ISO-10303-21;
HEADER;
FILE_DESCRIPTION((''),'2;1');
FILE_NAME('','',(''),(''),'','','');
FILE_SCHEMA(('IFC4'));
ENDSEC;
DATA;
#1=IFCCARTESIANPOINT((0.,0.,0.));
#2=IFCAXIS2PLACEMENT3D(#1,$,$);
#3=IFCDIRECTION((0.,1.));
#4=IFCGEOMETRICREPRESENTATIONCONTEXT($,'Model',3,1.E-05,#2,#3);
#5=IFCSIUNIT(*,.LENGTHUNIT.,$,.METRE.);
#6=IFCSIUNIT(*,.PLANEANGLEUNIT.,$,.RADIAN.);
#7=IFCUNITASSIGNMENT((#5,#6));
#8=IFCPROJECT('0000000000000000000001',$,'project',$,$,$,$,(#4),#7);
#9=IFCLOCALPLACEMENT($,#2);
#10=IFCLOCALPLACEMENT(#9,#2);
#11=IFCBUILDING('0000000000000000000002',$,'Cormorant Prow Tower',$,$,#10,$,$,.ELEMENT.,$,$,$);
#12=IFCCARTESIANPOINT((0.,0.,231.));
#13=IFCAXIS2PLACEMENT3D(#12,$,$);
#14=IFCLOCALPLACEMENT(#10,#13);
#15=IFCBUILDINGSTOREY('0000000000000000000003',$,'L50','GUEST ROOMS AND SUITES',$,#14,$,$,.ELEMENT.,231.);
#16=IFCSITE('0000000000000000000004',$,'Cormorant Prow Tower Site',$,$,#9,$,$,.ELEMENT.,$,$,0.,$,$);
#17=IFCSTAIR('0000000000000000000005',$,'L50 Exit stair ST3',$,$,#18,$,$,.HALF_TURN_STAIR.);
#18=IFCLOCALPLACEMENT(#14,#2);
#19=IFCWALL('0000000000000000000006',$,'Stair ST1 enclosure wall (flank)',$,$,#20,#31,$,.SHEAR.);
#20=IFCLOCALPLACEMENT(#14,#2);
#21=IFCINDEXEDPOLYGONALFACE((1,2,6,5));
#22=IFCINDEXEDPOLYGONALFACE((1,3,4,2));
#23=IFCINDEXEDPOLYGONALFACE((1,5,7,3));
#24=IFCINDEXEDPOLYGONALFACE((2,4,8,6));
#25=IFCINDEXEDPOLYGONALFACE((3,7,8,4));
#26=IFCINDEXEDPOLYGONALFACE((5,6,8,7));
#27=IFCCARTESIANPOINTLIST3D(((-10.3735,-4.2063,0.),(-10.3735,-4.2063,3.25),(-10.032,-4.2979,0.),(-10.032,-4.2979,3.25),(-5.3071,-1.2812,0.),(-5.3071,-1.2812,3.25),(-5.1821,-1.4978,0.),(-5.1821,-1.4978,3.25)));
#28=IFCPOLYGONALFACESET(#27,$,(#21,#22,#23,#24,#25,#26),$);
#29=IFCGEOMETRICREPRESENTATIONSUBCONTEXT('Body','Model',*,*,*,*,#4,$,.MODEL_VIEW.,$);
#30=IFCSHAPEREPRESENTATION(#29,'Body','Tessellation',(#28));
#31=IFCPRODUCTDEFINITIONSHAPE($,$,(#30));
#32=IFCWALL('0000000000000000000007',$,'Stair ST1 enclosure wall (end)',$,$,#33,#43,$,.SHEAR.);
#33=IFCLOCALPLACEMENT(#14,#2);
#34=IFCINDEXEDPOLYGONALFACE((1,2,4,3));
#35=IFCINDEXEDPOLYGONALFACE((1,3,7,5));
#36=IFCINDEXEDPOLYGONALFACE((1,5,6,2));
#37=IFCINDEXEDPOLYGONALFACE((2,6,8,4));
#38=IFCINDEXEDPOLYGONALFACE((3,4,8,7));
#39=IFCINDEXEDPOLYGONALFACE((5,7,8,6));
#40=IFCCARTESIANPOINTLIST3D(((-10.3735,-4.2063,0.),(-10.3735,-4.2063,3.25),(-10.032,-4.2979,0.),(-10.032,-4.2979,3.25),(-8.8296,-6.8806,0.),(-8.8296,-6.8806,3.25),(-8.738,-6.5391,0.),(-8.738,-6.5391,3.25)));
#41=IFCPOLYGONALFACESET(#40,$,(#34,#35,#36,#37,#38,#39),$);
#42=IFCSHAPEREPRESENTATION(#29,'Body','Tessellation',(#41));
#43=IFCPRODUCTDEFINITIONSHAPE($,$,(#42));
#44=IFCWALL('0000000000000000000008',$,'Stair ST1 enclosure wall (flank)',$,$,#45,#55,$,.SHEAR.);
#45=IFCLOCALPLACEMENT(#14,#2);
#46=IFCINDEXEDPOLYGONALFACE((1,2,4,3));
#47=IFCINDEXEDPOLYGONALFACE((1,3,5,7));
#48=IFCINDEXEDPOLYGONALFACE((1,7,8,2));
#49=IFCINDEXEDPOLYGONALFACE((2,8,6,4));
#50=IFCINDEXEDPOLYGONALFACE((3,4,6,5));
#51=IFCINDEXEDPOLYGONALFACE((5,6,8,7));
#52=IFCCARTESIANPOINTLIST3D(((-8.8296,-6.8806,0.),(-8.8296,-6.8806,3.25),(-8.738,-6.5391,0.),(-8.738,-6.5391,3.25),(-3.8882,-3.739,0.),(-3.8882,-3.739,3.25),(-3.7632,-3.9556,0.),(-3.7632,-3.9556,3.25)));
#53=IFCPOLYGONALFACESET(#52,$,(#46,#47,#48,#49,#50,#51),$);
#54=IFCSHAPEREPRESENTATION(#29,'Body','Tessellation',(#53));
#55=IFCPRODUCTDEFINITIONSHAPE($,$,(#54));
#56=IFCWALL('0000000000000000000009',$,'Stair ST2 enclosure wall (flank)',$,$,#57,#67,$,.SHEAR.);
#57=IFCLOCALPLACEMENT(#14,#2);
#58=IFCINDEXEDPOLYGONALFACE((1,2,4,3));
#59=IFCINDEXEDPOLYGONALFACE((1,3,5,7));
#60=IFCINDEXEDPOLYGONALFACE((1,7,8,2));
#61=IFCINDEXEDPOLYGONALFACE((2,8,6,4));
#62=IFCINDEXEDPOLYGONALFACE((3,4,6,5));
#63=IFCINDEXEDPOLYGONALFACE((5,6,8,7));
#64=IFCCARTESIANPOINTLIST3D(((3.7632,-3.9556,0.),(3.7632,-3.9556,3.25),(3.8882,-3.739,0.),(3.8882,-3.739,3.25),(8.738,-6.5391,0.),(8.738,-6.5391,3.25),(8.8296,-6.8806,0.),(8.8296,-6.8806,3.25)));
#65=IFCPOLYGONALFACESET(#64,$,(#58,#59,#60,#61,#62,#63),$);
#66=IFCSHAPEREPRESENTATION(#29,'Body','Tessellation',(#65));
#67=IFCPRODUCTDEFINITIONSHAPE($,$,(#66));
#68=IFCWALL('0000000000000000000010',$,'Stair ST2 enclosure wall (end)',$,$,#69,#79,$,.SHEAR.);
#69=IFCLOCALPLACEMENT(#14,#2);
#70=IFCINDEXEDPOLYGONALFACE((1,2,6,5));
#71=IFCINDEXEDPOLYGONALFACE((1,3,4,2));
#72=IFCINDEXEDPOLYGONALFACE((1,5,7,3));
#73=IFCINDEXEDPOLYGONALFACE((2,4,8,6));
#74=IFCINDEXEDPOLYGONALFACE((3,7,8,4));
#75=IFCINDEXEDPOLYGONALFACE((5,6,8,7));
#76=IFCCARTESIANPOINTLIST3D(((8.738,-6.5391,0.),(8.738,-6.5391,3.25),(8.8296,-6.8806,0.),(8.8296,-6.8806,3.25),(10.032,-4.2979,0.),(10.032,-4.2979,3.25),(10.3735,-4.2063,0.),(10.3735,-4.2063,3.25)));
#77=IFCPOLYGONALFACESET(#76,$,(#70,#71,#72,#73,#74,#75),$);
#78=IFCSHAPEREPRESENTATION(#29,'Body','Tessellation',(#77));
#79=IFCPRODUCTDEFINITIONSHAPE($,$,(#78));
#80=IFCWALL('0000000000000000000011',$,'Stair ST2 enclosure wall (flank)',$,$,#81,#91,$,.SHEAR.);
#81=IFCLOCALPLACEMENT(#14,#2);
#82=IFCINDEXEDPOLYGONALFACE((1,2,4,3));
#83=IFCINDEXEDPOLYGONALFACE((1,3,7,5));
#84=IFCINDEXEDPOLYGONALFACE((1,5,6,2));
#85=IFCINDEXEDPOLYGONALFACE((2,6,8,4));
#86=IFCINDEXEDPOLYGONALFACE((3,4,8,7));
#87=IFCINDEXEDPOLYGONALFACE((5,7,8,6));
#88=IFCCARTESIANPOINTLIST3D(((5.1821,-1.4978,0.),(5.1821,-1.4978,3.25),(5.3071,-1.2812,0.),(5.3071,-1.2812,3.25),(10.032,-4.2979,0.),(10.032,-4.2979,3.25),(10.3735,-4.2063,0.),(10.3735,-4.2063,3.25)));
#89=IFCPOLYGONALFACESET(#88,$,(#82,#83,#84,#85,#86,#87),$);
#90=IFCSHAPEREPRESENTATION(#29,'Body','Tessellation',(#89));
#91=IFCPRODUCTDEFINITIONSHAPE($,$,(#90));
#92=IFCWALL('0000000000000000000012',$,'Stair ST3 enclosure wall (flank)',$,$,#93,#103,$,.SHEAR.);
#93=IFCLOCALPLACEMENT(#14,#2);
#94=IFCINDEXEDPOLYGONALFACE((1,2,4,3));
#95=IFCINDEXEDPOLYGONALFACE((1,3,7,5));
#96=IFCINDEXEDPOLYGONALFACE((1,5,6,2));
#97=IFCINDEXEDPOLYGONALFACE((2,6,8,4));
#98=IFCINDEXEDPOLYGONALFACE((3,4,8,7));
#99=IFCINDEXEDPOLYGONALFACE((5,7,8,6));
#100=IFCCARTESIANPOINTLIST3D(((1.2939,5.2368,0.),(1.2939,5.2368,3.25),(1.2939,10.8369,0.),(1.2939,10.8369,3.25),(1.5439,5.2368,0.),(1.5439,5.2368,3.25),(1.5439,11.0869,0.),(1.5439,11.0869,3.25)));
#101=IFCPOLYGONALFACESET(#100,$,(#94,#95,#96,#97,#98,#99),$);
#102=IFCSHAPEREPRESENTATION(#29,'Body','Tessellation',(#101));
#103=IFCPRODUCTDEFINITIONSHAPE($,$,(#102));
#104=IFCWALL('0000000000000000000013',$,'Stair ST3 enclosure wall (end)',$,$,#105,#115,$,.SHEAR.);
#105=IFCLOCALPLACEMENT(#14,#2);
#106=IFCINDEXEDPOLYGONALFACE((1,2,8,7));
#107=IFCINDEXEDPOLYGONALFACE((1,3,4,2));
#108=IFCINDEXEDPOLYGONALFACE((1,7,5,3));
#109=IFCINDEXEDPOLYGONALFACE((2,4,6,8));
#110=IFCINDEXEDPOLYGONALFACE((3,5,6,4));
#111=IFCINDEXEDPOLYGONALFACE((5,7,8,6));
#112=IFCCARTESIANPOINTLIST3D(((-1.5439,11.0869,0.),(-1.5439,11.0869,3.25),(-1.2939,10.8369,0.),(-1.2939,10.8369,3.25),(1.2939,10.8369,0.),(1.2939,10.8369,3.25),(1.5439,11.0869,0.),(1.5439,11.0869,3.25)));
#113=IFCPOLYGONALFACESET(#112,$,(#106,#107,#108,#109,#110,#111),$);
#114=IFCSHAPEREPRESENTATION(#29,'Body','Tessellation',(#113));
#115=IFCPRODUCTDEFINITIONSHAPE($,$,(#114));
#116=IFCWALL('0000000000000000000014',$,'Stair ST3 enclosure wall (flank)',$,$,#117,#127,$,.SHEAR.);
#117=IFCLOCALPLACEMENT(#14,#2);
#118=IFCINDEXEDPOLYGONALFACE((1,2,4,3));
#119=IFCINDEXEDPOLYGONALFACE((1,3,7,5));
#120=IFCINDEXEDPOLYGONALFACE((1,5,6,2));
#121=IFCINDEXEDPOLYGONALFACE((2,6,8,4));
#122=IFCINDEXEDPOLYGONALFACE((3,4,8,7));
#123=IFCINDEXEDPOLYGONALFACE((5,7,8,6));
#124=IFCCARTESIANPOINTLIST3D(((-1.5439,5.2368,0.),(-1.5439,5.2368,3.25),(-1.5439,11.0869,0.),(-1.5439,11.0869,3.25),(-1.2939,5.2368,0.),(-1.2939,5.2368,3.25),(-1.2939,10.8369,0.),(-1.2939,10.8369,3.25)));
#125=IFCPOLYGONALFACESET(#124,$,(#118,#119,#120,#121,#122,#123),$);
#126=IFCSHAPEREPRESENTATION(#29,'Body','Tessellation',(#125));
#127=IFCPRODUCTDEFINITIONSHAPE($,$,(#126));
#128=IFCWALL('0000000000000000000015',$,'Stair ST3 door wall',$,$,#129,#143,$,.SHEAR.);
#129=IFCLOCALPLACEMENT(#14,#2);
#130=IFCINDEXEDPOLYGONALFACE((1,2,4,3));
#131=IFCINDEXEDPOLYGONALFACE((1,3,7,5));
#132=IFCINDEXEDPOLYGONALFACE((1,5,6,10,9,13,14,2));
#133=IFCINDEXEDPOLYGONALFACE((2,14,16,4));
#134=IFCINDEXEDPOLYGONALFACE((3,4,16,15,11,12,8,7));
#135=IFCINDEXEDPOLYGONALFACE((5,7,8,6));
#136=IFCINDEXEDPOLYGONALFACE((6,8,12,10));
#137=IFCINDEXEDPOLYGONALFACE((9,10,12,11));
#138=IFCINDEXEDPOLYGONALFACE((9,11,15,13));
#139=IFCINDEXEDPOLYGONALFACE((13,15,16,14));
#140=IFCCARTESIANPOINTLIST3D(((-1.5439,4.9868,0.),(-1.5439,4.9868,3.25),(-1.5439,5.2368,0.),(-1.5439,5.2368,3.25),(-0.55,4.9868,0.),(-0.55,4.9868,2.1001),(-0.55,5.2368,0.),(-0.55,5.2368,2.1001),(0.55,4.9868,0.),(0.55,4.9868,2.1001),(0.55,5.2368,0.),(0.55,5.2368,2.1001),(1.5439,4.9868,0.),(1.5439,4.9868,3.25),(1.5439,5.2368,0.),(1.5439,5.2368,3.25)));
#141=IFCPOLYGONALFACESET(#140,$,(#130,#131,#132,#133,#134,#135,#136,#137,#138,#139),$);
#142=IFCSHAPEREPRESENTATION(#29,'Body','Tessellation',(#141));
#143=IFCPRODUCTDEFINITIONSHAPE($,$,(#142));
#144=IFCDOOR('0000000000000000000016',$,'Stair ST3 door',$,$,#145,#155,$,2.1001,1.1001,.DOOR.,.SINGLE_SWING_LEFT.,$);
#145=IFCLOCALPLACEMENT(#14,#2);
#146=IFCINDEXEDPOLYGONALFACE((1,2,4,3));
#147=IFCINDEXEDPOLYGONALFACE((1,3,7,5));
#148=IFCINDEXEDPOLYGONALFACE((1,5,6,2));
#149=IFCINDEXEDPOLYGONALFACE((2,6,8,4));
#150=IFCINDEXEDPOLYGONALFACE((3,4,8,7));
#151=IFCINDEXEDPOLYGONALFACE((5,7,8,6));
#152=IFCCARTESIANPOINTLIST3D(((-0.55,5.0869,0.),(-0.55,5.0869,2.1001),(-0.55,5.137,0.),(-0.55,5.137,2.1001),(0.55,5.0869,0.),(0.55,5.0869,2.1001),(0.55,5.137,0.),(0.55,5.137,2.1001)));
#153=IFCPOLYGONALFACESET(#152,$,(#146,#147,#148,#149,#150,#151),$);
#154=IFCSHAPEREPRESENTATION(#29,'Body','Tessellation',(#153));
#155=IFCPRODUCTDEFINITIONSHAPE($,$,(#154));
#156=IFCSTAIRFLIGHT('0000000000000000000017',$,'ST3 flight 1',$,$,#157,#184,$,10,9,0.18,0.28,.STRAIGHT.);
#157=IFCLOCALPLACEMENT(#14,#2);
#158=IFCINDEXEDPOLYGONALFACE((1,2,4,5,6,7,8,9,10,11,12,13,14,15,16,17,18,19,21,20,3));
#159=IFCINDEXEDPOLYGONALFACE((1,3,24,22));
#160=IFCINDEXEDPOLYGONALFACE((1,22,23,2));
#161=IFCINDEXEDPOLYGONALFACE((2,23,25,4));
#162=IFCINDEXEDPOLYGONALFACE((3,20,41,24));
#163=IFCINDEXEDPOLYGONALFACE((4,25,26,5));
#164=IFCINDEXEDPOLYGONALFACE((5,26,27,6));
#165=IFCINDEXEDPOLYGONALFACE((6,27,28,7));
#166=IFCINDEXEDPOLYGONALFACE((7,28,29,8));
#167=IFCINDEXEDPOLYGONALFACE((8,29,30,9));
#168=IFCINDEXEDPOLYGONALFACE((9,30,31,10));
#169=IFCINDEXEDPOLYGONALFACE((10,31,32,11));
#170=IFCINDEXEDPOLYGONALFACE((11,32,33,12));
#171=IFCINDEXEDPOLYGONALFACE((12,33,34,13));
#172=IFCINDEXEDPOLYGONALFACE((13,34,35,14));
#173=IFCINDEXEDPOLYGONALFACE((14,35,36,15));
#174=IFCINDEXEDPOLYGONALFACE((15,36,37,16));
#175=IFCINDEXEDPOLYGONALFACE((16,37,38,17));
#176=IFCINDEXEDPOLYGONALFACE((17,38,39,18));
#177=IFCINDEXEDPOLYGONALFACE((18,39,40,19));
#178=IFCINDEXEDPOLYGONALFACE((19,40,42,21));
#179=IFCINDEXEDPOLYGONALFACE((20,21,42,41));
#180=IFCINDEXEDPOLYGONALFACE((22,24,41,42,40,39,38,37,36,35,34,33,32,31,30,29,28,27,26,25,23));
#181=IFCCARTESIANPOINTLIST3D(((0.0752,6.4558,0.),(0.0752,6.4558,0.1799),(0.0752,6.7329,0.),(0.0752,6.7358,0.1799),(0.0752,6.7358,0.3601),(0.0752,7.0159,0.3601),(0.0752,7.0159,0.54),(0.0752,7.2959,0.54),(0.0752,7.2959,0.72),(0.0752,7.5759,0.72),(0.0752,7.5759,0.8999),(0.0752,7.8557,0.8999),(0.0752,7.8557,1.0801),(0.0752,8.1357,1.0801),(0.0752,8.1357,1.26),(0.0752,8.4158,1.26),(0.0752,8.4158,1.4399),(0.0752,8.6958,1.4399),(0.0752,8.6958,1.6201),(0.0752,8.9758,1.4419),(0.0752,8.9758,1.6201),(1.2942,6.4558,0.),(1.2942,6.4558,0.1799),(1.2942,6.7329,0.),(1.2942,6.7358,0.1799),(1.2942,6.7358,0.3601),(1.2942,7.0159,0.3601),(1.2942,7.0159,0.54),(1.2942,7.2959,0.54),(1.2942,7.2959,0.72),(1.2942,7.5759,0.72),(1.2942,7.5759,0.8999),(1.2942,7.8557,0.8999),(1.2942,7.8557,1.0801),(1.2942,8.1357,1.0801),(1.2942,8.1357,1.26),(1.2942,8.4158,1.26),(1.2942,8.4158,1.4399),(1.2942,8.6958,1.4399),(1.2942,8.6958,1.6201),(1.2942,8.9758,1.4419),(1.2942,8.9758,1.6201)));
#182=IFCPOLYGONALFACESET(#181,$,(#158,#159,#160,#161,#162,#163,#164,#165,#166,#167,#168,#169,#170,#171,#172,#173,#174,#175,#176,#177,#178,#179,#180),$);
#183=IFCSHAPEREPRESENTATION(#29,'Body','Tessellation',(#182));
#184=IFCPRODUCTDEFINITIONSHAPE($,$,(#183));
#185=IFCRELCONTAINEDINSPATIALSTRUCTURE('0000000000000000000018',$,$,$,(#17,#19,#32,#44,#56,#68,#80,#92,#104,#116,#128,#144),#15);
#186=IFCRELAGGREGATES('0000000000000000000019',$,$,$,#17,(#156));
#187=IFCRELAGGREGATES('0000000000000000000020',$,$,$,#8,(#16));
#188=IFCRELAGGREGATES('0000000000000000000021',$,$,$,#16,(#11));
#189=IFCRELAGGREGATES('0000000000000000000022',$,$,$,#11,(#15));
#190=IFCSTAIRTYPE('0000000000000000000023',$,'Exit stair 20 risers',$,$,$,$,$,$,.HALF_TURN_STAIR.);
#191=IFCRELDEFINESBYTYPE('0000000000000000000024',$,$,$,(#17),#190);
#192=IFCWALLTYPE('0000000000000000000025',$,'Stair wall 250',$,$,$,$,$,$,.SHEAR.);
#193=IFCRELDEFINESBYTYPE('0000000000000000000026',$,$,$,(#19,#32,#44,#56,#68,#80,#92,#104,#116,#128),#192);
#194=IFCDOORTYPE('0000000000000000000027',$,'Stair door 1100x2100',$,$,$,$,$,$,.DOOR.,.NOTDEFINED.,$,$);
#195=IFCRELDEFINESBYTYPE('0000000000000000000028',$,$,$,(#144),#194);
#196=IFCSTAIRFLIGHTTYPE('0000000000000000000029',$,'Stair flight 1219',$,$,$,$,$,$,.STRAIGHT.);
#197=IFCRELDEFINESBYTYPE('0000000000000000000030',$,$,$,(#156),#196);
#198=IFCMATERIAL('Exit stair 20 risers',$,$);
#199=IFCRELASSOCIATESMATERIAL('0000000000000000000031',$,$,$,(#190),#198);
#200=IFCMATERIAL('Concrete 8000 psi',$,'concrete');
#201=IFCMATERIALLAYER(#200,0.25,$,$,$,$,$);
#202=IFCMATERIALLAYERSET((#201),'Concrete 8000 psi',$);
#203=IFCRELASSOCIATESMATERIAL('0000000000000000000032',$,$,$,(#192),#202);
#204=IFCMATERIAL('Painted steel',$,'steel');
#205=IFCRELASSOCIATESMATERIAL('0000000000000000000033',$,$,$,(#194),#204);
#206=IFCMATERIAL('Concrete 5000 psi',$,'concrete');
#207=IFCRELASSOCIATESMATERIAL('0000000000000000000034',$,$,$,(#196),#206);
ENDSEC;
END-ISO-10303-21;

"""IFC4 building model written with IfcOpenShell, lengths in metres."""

from ifc_helpers import new_model, si_unit, direction, frame, frame_2d, origin, place, context, subcontext, project, spatial, polyline, rectangle, outline, extrude, material, layer, layer_set, type_object, element, fill, aggregate, save


model = new_model("IFC4")

# Units and contexts
model_context = context("Model", 3, precision=1e-05, world=origin(), true_north=direction((0.0, 1.0)))
body_context = subcontext(model_context, "Body", "Model", "MODEL_VIEW")
ifc_project = project(units=[si_unit("LENGTHUNIT", "METRE"), si_unit("PLANEANGLEUNIT", "RADIAN")], contexts=[model_context])

# Site, building, storey
site_placement = place(None, origin())
site = spatial("IfcSite", under=ifc_project, at=site_placement, Name="Cormorant Prow Tower Site", CompositionType="ELEMENT", RefElevation=0.0)
building_placement = place(site_placement, origin())
building = spatial("IfcBuilding", under=site, at=building_placement, Name="Cormorant Prow Tower", CompositionType="ELEMENT")
storey_placement = place(building_placement, frame((0.0, 0.0, 231.0)))
storey = spatial("IfcBuildingStorey", under=building, at=storey_placement, Name="L50", Description="GUEST ROOMS AND SUITES", CompositionType="ELEMENT", Elevation=231.0)

# Stair
ifc_material_1 = material(Name="Exit stair 20 risers")
stair_type = type_object("IfcStairType", Name="Exit stair 20 risers", PredefinedType="HALF_TURN_STAIR", material=ifc_material_1)
stair_1_placement = place(storey_placement, origin())
stair_1 = element("IfcStair", 1, at=stair_1_placement, inside=storey, type_object=stair_type, Name="L50 Exit stair ST3", PredefinedType="HALF_TURN_STAIR")

# Walls
ifc_material_2 = material(Name="Concrete 8000 psi", Category="concrete")
ifc_layer_1 = layer(ifc_material_2, 0.25)
ifc_layer_set_1 = layer_set([ifc_layer_1], Name="Concrete 8000 psi")
wall_type_1 = type_object("IfcWallType", Name="Stair wall 250", PredefinedType="SHEAR", material=ifc_layer_set_1)
wall_1_placement = place(storey_placement, origin())
element("IfcWall", 2, at=wall_1_placement, inside=storey, type_object=wall_type_1, Name="Stair ST1 enclosure wall (flank)", PredefinedType="SHEAR", context=body_context, shape_type="SweptSolid", body=[
    extrude(outline(polyline([(-5.3071, -1.2812), (-10.3735, -4.2063), (-10.032, -4.2979), (-5.1821, -1.4978), (-5.3071, -1.2812)])), origin(), (0.0, 0.0, 1.0), 3.25),
])
wall_2_placement = place(storey_placement, origin())
element("IfcWall", 3, at=wall_2_placement, inside=storey, type_object=wall_type_1, Name="Stair ST1 enclosure wall (end)", PredefinedType="SHEAR", context=body_context, shape_type="SweptSolid", body=[
    extrude(outline(polyline([(-10.3735, -4.2063), (-8.8296, -6.8806), (-8.738, -6.5391), (-10.032, -4.2979), (-10.3735, -4.2063)])), origin(), (0.0, 0.0, 1.0), 3.25),
])
wall_3_placement = place(storey_placement, origin())
element("IfcWall", 4, at=wall_3_placement, inside=storey, type_object=wall_type_1, Name="Stair ST1 enclosure wall (flank)", PredefinedType="SHEAR", context=body_context, shape_type="SweptSolid", body=[
    extrude(outline(polyline([(-8.738, -6.5391), (-8.8296, -6.8806), (-3.7632, -3.9556), (-3.8882, -3.739), (-8.738, -6.5391)])), origin(), (0.0, 0.0, 1.0), 3.25),
])
wall_4_placement = place(storey_placement, origin())
element("IfcWall", 5, at=wall_4_placement, inside=storey, type_object=wall_type_1, Name="Stair ST2 enclosure wall (flank)", PredefinedType="SHEAR", context=body_context, shape_type="SweptSolid", body=[
    extrude(outline(polyline([(3.7632, -3.9556), (8.8296, -6.8806), (8.738, -6.5391), (3.8882, -3.739), (3.7632, -3.9556)])), origin(), (0.0, 0.0, 1.0), 3.25),
])
wall_5_placement = place(storey_placement, origin())
element("IfcWall", 6, at=wall_5_placement, inside=storey, type_object=wall_type_1, Name="Stair ST2 enclosure wall (end)", PredefinedType="SHEAR", context=body_context, shape_type="SweptSolid", body=[
    extrude(outline(polyline([(8.8296, -6.8806), (10.3735, -4.2063), (10.032, -4.2979), (8.738, -6.5391), (8.8296, -6.8806)])), origin(), (0.0, 0.0, 1.0), 3.25),
])
wall_6_placement = place(storey_placement, origin())
element("IfcWall", 7, at=wall_6_placement, inside=storey, type_object=wall_type_1, Name="Stair ST2 enclosure wall (flank)", PredefinedType="SHEAR", context=body_context, shape_type="SweptSolid", body=[
    extrude(outline(polyline([(10.032, -4.2979), (10.3735, -4.2063), (5.3071, -1.2812), (5.1821, -1.4978), (10.032, -4.2979)])), origin(), (0.0, 0.0, 1.0), 3.25),
])
wall_7_placement = place(storey_placement, origin())
element("IfcWall", 8, at=wall_7_placement, inside=storey, type_object=wall_type_1, Name="Stair ST3 enclosure wall (flank)", PredefinedType="SHEAR", context=body_context, shape_type="SweptSolid", body=[
    extrude(outline(polyline([(1.5439, 5.2368), (1.5439, 11.0869), (1.2939, 10.8369), (1.2939, 5.2368), (1.5439, 5.2368)])), origin(), (0.0, 0.0, 1.0), 3.25),
])
wall_8_placement = place(storey_placement, origin())
element("IfcWall", 9, at=wall_8_placement, inside=storey, type_object=wall_type_1, Name="Stair ST3 enclosure wall (end)", PredefinedType="SHEAR", context=body_context, shape_type="SweptSolid", body=[
    extrude(outline(polyline([(1.5439, 11.0869), (-1.5439, 11.0869), (-1.2939, 10.8369), (1.2939, 10.8369), (1.5439, 11.0869)])), origin(), (0.0, 0.0, 1.0), 3.25),
])
wall_9_placement = place(storey_placement, origin())
element("IfcWall", 10, at=wall_9_placement, inside=storey, type_object=wall_type_1, Name="Stair ST3 enclosure wall (flank)", PredefinedType="SHEAR", context=body_context, shape_type="SweptSolid", body=[
    extrude(outline(polyline([(-1.2939, 10.8369), (-1.5439, 11.0869), (-1.5439, 5.2368), (-1.2939, 5.2368), (-1.2939, 10.8369)])), origin(), (0.0, 0.0, 1.0), 3.25),
])

# Wall, opening, door
wall_10_placement = place(storey_placement, frame((1.5439, 5.1118, 0.0), z_axis=(0.0, 0.0, 1.0), x_axis=(-1.0, 0.0, 0.0)))
wall_10 = element("IfcWall", 11, at=wall_10_placement, inside=storey, type_object=wall_type_1, Name="Stair ST3 door wall", PredefinedType="SHEAR", context=body_context, shape_type="SweptSolid", body=[
    extrude(rectangle(XDim=3.0879, YDim=0.25, at=frame_2d((1.5439, 0.0))), origin(), (0.0, 0.0, 1.0), 3.25),
])
opening_1_placement = place(wall_10_placement, frame((0.9939, 0.0, 0.0)))
opening_1 = element("IfcOpeningElement", 12, at=opening_1_placement, cuts=wall_10, PredefinedType="OPENING", context=body_context, shape_type="SweptSolid", body=[
    extrude(rectangle(XDim=1.1001, YDim=2.1001, at=frame_2d((0.55, 1.05))), frame((0.0, 0.135, 0.0), z_axis=(0.0, -1.0, 0.0), x_axis=(1.0, 0.0, 0.0)), (0.0, 0.0, 1.0), 0.27),
])
ifc_material_3 = material(Name="Painted steel", Category="steel")
door_type_1 = type_object("IfcDoorType", Name="Stair door 1100x2100", OperationType="NOTDEFINED", PredefinedType="DOOR", material=ifc_material_3)
door_1_placement = place(opening_1_placement, origin())
door_1 = element("IfcDoor", 13, at=door_1_placement, inside=storey, type_object=door_type_1, Name="Stair ST3 door", OperationType="SINGLE_SWING_LEFT", OverallHeight=2.1001, OverallWidth=1.1001, PredefinedType="DOOR", context=body_context, shape_type="SweptSolid", body=[
    extrude(rectangle(XDim=1.1001, YDim=2.1001, at=frame_2d((0.55, 1.05))), frame((0.0, 0.0249, 0.0), z_axis=(0.0, -1.0, 0.0), x_axis=(1.0, 0.0, 0.0)), (0.0, 0.0, 1.0), 0.05),
])
fill(opening_1, door_1)

# Stair flight
ifc_material_4 = material(Name="Concrete 5000 psi", Category="concrete")
stair_flight_type = type_object("IfcStairFlightType", Name="Stair flight 1219", PredefinedType="STRAIGHT", material=ifc_material_4)
stair_flight_placement = place(storey_placement, frame((0.6846, 6.4558, 0.0), z_axis=(0.0, 0.0, 1.0), x_axis=(0.0, 1.0, 0.0)))
stair_flight = element("IfcStairFlight", 14, at=stair_flight_placement, type_object=stair_flight_type, Name="ST3 flight 1", NumberOfRisers=10, NumberOfTreads=9, PredefinedType="STRAIGHT", RiserHeight=0.18, TreadLength=0.28, context=body_context, shape_type="SweptSolid", body=[
    extrude(outline(polyline([(0.0, 0.0), (0.0, 0.1799), (0.28, 0.1799), (0.28, 0.3601), (0.5601, 0.3601), (0.5601, 0.54), (0.8401, 0.54), (0.8401, 0.72), (1.1201, 0.72), (1.1201, 0.8999), (1.3999, 0.8999), (1.3999, 1.0801), (1.6799, 1.0801), (1.6799, 1.26), (1.96, 1.26), (1.96, 1.4399), (2.24, 1.4399), (2.24, 1.6201), (2.52, 1.6201), (2.52, 1.8), (2.52, 1.4419), (0.2771, 0.0), (0.0, 0.0)])), frame((0.0, 0.6094, 0.0), z_axis=(0.0, -1.0, 0.0), x_axis=(1.0, 0.0, 0.0)), (0.0, 0.0, 1.0), 1.219),
])
aggregate(stair_1, [stair_flight])

save(model, "model.ifc")
